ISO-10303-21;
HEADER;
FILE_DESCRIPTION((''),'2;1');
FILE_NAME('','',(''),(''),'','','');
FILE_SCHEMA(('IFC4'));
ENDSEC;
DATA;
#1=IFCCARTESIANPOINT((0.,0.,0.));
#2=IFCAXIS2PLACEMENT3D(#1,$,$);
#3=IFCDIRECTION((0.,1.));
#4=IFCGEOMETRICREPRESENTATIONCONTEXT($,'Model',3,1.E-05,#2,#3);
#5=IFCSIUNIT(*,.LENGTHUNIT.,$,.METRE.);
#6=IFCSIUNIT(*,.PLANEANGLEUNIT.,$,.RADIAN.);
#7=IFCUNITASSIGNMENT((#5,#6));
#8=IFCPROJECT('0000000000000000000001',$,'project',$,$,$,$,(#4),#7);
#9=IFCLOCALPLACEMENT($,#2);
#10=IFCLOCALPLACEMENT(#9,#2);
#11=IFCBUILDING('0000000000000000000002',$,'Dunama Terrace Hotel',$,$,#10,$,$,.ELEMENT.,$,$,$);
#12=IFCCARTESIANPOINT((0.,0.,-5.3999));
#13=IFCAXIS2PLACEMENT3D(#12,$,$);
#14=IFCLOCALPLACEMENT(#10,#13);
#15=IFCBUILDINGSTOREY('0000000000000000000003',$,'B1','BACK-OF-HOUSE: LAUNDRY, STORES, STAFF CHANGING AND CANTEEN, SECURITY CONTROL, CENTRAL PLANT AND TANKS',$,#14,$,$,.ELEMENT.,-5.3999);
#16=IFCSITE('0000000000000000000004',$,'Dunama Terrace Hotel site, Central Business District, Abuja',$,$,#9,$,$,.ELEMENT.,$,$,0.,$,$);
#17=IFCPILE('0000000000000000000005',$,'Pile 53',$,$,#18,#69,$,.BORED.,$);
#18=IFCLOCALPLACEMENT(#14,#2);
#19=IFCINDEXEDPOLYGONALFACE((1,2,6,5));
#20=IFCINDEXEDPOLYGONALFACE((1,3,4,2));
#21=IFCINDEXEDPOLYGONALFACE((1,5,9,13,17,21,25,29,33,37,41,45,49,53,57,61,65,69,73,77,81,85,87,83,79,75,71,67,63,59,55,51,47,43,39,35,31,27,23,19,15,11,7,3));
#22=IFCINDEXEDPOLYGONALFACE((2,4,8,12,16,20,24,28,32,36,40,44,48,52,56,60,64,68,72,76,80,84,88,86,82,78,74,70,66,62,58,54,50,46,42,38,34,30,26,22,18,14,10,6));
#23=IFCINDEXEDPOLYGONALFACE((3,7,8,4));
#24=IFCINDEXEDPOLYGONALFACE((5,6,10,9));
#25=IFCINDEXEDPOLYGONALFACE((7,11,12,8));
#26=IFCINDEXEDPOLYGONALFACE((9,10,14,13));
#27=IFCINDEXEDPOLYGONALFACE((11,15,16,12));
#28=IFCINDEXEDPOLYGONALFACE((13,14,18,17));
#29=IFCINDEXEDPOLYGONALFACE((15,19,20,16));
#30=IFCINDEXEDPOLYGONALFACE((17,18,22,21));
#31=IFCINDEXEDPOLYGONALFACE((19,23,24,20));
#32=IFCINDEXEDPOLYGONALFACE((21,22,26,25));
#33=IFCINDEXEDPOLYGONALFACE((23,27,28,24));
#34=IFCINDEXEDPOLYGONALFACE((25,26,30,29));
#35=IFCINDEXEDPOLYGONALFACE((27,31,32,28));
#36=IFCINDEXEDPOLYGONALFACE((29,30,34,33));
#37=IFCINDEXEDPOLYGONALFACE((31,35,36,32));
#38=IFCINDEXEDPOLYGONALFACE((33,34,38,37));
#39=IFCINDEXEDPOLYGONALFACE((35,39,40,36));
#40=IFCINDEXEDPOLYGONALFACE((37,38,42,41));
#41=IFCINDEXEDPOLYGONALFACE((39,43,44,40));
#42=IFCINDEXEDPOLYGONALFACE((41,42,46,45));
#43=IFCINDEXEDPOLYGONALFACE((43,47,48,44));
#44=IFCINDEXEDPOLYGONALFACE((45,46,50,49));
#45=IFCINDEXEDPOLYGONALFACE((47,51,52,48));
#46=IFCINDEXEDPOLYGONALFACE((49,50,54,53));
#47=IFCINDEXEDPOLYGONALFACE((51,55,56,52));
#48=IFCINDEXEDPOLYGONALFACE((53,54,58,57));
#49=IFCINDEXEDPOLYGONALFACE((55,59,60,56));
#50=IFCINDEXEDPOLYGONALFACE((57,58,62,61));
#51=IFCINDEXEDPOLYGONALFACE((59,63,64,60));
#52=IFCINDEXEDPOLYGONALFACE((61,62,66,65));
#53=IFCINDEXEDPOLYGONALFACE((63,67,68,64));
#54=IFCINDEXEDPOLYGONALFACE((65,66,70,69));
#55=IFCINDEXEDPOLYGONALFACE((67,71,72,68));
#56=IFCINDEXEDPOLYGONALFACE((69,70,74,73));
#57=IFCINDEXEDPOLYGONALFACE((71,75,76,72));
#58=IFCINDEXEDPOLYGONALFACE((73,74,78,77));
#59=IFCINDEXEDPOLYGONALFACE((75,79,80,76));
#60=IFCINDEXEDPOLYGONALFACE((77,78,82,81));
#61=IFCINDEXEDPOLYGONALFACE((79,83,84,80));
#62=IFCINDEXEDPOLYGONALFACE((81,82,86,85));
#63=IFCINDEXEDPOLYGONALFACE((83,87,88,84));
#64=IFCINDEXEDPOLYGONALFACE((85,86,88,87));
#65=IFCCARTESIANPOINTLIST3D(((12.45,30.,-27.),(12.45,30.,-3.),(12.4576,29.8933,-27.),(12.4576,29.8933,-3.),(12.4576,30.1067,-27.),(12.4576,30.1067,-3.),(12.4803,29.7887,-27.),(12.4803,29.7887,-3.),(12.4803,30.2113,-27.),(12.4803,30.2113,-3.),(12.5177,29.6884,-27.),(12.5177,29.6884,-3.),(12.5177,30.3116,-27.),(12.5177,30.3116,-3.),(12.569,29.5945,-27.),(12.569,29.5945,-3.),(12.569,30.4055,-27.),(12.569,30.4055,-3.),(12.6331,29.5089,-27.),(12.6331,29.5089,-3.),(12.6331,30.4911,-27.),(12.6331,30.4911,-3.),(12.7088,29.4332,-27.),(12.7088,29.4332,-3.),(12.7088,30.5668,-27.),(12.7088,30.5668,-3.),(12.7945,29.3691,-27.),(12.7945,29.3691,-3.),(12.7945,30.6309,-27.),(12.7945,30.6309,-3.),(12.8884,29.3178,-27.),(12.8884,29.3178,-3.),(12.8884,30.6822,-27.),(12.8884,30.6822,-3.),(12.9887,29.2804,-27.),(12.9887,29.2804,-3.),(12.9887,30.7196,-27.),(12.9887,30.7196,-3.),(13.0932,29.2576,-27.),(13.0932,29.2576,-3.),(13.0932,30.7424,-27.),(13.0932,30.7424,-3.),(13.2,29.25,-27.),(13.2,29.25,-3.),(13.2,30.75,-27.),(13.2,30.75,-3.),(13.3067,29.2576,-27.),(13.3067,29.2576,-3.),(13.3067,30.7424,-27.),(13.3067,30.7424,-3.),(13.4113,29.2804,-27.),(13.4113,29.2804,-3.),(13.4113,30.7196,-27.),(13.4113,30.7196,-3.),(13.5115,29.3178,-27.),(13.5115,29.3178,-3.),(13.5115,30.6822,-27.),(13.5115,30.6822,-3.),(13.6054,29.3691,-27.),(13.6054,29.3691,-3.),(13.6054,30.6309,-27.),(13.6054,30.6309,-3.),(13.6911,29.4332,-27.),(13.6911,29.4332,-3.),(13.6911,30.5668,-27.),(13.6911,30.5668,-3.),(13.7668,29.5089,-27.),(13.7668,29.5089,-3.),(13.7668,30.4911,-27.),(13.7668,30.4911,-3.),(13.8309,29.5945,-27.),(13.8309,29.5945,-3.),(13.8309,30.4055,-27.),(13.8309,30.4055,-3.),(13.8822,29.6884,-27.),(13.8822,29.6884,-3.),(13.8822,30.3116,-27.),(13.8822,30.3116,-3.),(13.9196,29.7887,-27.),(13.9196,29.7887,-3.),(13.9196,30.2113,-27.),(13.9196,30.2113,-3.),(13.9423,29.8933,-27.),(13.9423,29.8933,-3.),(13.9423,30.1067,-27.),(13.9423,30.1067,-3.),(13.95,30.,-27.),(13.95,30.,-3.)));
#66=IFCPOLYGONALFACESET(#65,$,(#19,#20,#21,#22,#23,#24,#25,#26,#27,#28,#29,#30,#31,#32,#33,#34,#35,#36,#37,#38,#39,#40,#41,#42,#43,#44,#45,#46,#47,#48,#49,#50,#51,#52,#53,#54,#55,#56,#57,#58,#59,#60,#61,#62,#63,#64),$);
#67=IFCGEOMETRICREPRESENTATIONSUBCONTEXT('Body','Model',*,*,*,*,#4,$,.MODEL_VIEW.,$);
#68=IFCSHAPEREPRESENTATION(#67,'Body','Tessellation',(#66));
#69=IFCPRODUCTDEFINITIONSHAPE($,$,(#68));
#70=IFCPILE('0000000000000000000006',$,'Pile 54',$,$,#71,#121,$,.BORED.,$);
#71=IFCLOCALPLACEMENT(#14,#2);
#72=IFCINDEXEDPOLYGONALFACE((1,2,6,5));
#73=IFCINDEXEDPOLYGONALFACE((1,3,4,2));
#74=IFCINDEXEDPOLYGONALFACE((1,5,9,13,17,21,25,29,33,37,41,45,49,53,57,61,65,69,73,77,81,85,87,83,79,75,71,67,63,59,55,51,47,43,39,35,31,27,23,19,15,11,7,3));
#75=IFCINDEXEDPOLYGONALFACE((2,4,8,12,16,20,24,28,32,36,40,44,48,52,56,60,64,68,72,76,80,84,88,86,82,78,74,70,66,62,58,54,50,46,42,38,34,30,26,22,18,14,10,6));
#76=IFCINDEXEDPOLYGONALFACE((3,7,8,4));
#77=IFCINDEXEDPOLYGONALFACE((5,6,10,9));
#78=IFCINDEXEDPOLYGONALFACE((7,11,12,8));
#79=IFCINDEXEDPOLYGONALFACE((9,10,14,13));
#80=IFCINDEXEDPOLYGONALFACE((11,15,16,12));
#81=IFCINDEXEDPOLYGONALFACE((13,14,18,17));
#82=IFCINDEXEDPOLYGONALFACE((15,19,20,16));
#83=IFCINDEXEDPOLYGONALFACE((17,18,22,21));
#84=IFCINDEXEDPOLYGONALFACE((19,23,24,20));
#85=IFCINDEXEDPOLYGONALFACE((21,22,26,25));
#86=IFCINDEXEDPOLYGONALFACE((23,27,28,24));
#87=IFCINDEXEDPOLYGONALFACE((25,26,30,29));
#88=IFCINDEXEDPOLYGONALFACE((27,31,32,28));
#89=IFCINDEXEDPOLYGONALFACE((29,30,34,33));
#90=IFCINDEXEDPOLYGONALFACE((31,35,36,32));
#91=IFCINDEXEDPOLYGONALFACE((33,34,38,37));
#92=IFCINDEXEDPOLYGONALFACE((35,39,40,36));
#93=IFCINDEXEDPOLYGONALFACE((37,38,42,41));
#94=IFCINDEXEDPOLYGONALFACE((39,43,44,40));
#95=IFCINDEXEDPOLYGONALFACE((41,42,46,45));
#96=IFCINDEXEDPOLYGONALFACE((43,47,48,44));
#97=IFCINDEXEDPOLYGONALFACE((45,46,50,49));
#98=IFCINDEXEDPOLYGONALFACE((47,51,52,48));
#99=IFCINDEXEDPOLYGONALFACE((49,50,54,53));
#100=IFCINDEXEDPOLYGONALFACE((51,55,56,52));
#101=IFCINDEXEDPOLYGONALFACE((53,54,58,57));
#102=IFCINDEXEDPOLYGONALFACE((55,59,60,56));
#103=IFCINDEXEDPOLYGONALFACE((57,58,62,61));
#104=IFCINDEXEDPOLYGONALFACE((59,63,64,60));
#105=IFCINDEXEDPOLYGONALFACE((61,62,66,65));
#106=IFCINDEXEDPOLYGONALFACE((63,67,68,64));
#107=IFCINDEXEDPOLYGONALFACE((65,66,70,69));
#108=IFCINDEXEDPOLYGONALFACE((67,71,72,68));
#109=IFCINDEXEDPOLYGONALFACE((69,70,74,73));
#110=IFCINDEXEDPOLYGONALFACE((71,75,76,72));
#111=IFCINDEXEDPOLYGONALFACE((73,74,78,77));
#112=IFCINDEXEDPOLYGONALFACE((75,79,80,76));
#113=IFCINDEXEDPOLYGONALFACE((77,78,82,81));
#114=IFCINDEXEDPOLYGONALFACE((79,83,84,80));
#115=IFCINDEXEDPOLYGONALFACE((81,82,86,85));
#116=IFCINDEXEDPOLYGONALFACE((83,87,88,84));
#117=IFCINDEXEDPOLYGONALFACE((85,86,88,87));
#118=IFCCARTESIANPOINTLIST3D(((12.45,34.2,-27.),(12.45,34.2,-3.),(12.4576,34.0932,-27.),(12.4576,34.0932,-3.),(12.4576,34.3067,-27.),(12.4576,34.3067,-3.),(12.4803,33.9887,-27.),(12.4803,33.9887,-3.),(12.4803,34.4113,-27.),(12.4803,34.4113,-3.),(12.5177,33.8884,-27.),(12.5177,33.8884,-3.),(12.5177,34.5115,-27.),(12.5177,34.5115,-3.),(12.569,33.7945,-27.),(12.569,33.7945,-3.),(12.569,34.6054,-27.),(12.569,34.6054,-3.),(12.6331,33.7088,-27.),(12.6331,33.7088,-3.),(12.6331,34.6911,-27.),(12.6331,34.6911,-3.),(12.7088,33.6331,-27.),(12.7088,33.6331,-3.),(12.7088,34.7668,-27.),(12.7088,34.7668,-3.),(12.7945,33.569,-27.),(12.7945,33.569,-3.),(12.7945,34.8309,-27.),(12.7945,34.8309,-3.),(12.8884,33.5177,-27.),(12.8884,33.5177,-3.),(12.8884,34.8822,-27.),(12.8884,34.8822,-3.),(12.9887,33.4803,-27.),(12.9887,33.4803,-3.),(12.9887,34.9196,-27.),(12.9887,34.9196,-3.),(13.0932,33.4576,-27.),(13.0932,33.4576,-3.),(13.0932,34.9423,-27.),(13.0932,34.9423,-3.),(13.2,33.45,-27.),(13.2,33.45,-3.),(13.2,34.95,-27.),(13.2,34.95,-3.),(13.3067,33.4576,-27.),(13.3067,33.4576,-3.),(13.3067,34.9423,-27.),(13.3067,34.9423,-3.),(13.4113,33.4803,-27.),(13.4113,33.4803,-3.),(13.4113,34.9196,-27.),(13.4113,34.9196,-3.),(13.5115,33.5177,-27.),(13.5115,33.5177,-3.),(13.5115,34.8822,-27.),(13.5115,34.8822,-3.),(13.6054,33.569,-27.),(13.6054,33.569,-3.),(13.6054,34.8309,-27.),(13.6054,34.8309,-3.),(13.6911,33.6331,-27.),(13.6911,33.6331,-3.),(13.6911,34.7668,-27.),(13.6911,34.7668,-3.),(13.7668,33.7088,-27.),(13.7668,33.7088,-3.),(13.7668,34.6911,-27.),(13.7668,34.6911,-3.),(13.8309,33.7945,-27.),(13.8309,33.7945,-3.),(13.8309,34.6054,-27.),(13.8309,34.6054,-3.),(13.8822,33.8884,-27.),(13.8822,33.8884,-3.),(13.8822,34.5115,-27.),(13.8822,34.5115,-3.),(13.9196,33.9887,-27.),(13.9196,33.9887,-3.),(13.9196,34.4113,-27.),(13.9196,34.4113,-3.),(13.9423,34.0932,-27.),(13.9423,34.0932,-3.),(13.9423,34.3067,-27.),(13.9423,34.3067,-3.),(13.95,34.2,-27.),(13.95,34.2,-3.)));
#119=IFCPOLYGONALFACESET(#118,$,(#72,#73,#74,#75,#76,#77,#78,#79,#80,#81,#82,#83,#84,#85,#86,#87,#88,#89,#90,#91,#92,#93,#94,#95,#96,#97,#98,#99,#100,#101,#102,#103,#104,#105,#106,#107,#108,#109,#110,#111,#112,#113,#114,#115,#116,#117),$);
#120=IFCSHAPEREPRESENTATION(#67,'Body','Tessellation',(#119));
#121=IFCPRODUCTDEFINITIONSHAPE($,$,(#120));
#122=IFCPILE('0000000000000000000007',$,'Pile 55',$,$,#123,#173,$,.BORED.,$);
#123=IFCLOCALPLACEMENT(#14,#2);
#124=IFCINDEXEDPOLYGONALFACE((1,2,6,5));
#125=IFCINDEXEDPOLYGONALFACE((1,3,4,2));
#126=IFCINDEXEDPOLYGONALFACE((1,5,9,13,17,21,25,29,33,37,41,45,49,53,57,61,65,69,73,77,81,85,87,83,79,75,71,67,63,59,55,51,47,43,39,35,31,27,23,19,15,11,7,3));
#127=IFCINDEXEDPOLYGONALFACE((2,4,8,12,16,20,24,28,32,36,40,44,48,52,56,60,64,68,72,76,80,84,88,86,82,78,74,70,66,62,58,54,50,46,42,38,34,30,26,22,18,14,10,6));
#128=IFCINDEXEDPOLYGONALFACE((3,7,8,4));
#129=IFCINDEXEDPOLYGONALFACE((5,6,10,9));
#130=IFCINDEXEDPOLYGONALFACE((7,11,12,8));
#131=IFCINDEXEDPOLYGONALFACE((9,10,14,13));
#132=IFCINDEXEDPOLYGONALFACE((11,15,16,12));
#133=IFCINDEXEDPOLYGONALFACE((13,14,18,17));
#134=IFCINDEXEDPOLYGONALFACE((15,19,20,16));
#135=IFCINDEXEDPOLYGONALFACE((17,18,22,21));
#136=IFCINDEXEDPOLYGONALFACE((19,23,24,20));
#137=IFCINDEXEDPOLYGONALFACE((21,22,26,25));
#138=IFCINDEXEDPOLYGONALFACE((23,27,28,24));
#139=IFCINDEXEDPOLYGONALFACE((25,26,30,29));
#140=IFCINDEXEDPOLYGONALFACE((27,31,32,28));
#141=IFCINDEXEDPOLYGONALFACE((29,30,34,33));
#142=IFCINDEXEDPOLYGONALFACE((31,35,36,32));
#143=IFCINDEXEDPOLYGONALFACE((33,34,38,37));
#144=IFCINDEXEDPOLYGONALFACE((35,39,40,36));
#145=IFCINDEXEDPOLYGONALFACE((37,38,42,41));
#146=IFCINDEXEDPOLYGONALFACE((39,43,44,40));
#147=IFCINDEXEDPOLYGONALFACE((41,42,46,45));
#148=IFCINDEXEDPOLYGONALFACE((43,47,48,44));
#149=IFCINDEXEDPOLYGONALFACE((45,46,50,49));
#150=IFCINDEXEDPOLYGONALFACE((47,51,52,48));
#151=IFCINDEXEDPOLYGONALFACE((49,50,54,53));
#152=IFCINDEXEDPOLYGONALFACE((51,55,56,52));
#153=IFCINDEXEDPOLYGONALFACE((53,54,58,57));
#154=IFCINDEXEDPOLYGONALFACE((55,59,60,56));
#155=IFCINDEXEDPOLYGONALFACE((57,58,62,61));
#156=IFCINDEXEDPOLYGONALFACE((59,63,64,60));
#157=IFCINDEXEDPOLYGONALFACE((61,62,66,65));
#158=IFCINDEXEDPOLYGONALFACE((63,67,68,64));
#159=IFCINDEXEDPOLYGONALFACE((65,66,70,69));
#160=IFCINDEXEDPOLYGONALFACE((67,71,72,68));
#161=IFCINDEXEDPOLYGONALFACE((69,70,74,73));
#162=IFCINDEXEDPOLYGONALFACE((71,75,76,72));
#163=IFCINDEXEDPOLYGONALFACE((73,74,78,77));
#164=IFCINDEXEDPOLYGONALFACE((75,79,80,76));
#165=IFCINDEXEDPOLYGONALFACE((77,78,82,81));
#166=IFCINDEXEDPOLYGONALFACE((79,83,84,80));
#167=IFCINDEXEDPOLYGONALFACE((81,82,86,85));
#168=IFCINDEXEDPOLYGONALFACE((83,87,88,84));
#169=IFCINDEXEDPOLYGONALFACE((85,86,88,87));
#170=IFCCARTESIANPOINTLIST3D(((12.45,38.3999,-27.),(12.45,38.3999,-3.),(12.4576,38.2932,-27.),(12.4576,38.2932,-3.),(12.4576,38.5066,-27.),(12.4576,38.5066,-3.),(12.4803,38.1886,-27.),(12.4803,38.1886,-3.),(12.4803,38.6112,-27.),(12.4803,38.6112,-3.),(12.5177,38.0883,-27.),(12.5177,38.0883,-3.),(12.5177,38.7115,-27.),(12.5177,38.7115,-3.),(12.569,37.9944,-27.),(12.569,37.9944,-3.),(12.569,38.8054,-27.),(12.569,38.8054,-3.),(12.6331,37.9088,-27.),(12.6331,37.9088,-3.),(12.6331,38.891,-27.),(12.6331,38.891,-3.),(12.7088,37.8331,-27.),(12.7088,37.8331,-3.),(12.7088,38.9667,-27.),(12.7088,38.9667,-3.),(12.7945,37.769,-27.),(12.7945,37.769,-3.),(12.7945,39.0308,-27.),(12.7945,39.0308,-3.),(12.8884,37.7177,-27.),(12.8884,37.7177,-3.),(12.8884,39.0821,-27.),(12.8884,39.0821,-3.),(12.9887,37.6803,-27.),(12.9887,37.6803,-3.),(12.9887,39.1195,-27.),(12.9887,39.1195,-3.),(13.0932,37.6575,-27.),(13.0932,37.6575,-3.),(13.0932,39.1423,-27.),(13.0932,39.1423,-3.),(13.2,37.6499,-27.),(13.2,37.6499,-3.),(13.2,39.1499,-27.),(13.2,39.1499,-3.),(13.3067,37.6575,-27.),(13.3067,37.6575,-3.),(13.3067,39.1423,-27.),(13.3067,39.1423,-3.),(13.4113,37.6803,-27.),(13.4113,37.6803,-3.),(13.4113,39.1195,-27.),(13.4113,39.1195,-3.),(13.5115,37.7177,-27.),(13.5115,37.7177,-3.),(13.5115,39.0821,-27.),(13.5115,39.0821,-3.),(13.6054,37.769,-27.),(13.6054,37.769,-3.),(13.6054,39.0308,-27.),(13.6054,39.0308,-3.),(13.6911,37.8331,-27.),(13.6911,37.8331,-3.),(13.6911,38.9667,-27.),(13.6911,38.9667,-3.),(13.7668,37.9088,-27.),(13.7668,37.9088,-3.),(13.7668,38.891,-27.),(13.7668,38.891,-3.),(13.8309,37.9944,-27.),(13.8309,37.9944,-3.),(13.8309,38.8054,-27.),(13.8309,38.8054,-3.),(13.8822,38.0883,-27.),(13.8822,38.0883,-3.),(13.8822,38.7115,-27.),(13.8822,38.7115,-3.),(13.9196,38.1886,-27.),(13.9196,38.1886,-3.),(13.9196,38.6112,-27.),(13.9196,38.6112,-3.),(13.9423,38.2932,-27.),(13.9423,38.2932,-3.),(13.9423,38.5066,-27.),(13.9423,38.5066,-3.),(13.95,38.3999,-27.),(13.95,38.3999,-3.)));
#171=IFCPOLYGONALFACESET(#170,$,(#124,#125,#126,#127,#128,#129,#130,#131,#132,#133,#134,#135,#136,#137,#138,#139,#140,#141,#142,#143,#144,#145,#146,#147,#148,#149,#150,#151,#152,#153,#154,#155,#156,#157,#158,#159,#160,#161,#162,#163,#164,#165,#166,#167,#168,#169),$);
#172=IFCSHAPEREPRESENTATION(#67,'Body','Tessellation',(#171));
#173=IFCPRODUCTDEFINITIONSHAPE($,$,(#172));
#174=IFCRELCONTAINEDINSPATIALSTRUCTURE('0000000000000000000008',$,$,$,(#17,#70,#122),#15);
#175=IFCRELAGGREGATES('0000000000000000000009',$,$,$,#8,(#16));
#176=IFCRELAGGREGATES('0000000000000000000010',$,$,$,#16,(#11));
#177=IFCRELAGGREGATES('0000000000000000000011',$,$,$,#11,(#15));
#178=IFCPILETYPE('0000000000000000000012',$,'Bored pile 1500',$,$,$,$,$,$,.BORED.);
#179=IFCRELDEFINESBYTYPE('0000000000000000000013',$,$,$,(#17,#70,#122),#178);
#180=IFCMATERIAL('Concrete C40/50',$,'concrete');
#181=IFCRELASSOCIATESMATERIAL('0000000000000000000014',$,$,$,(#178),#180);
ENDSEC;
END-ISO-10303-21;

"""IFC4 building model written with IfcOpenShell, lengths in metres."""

from ifc_helpers import new_model, si_unit, direction, frame, origin, origin_2d, place, context, subcontext, project, spatial, circle, extrude, material, material_profile, profile_set, type_object, element, save


model = new_model("IFC4")

# Units and contexts
model_context = context("Model", 3, precision=1e-05, world=origin(), true_north=direction((0.0, 1.0)))
body_context = subcontext(model_context, "Body", "Model", "MODEL_VIEW")
ifc_project = project(units=[si_unit("LENGTHUNIT", "METRE"), si_unit("PLANEANGLEUNIT", "RADIAN")], contexts=[model_context])

# Site, building, storey
site_placement = place(None, origin())
site = spatial("IfcSite", under=ifc_project, at=site_placement, Name="Dunama Terrace Hotel site, Central Business District, Abuja", CompositionType="ELEMENT", RefElevation=0.0)
building_placement = place(site_placement, origin())
building = spatial("IfcBuilding", under=site, at=building_placement, Name="Dunama Terrace Hotel", CompositionType="ELEMENT")
storey_placement = place(building_placement, frame((0.0, 0.0, -5.3999)))
storey = spatial("IfcBuildingStorey", under=building, at=storey_placement, Name="B1", Description="BACK-OF-HOUSE: LAUNDRY, STORES, STAFF CHANGING AND CANTEEN, SECURITY CONTROL, CENTRAL PLANT AND TANKS", CompositionType="ELEMENT", Elevation=-5.3999)

# Piles
ifc_material_1 = material(Name="Concrete C40/50", Category="concrete")
ifc_material_profile_1 = material_profile(ifc_material_1, circle(Radius=0.75, at=origin_2d()), Name="PILE D1500")
ifc_profile_set_1 = profile_set([ifc_material_profile_1], Name="Concrete C40/50")
pile_type = type_object("IfcPileType", Name="Bored pile 1500", PredefinedType="BORED", material=ifc_profile_set_1)
for number, where, z_axis, x_axis, name in (
    (1, (13.2, 30.0, -3.0), (0.0, 0.0, -1.0), (1.0, 0.0, 0.0), "Pile 53"),
    (2, (13.2, 34.2, -3.0), (0.0, 0.0, -1.0), (1.0, 0.0, 0.0), "Pile 54"),
    (3, (13.2, 38.3999, -3.0), (0.0, 0.0, -1.0), (1.0, 0.0, 0.0), "Pile 55"),
):
    element("IfcPile", number, at=place(storey_placement, frame(where, z_axis=z_axis, x_axis=x_axis)), inside=storey, type_object=pile_type, Name=name, PredefinedType="BORED", context=body_context, shape_type="SweptSolid", body=[
        extrude(circle(Radius=0.75, at=origin_2d()), origin(), (0.0, 0.0, 1.0), 24.0),
    ])

save(model, "model.ifc")
